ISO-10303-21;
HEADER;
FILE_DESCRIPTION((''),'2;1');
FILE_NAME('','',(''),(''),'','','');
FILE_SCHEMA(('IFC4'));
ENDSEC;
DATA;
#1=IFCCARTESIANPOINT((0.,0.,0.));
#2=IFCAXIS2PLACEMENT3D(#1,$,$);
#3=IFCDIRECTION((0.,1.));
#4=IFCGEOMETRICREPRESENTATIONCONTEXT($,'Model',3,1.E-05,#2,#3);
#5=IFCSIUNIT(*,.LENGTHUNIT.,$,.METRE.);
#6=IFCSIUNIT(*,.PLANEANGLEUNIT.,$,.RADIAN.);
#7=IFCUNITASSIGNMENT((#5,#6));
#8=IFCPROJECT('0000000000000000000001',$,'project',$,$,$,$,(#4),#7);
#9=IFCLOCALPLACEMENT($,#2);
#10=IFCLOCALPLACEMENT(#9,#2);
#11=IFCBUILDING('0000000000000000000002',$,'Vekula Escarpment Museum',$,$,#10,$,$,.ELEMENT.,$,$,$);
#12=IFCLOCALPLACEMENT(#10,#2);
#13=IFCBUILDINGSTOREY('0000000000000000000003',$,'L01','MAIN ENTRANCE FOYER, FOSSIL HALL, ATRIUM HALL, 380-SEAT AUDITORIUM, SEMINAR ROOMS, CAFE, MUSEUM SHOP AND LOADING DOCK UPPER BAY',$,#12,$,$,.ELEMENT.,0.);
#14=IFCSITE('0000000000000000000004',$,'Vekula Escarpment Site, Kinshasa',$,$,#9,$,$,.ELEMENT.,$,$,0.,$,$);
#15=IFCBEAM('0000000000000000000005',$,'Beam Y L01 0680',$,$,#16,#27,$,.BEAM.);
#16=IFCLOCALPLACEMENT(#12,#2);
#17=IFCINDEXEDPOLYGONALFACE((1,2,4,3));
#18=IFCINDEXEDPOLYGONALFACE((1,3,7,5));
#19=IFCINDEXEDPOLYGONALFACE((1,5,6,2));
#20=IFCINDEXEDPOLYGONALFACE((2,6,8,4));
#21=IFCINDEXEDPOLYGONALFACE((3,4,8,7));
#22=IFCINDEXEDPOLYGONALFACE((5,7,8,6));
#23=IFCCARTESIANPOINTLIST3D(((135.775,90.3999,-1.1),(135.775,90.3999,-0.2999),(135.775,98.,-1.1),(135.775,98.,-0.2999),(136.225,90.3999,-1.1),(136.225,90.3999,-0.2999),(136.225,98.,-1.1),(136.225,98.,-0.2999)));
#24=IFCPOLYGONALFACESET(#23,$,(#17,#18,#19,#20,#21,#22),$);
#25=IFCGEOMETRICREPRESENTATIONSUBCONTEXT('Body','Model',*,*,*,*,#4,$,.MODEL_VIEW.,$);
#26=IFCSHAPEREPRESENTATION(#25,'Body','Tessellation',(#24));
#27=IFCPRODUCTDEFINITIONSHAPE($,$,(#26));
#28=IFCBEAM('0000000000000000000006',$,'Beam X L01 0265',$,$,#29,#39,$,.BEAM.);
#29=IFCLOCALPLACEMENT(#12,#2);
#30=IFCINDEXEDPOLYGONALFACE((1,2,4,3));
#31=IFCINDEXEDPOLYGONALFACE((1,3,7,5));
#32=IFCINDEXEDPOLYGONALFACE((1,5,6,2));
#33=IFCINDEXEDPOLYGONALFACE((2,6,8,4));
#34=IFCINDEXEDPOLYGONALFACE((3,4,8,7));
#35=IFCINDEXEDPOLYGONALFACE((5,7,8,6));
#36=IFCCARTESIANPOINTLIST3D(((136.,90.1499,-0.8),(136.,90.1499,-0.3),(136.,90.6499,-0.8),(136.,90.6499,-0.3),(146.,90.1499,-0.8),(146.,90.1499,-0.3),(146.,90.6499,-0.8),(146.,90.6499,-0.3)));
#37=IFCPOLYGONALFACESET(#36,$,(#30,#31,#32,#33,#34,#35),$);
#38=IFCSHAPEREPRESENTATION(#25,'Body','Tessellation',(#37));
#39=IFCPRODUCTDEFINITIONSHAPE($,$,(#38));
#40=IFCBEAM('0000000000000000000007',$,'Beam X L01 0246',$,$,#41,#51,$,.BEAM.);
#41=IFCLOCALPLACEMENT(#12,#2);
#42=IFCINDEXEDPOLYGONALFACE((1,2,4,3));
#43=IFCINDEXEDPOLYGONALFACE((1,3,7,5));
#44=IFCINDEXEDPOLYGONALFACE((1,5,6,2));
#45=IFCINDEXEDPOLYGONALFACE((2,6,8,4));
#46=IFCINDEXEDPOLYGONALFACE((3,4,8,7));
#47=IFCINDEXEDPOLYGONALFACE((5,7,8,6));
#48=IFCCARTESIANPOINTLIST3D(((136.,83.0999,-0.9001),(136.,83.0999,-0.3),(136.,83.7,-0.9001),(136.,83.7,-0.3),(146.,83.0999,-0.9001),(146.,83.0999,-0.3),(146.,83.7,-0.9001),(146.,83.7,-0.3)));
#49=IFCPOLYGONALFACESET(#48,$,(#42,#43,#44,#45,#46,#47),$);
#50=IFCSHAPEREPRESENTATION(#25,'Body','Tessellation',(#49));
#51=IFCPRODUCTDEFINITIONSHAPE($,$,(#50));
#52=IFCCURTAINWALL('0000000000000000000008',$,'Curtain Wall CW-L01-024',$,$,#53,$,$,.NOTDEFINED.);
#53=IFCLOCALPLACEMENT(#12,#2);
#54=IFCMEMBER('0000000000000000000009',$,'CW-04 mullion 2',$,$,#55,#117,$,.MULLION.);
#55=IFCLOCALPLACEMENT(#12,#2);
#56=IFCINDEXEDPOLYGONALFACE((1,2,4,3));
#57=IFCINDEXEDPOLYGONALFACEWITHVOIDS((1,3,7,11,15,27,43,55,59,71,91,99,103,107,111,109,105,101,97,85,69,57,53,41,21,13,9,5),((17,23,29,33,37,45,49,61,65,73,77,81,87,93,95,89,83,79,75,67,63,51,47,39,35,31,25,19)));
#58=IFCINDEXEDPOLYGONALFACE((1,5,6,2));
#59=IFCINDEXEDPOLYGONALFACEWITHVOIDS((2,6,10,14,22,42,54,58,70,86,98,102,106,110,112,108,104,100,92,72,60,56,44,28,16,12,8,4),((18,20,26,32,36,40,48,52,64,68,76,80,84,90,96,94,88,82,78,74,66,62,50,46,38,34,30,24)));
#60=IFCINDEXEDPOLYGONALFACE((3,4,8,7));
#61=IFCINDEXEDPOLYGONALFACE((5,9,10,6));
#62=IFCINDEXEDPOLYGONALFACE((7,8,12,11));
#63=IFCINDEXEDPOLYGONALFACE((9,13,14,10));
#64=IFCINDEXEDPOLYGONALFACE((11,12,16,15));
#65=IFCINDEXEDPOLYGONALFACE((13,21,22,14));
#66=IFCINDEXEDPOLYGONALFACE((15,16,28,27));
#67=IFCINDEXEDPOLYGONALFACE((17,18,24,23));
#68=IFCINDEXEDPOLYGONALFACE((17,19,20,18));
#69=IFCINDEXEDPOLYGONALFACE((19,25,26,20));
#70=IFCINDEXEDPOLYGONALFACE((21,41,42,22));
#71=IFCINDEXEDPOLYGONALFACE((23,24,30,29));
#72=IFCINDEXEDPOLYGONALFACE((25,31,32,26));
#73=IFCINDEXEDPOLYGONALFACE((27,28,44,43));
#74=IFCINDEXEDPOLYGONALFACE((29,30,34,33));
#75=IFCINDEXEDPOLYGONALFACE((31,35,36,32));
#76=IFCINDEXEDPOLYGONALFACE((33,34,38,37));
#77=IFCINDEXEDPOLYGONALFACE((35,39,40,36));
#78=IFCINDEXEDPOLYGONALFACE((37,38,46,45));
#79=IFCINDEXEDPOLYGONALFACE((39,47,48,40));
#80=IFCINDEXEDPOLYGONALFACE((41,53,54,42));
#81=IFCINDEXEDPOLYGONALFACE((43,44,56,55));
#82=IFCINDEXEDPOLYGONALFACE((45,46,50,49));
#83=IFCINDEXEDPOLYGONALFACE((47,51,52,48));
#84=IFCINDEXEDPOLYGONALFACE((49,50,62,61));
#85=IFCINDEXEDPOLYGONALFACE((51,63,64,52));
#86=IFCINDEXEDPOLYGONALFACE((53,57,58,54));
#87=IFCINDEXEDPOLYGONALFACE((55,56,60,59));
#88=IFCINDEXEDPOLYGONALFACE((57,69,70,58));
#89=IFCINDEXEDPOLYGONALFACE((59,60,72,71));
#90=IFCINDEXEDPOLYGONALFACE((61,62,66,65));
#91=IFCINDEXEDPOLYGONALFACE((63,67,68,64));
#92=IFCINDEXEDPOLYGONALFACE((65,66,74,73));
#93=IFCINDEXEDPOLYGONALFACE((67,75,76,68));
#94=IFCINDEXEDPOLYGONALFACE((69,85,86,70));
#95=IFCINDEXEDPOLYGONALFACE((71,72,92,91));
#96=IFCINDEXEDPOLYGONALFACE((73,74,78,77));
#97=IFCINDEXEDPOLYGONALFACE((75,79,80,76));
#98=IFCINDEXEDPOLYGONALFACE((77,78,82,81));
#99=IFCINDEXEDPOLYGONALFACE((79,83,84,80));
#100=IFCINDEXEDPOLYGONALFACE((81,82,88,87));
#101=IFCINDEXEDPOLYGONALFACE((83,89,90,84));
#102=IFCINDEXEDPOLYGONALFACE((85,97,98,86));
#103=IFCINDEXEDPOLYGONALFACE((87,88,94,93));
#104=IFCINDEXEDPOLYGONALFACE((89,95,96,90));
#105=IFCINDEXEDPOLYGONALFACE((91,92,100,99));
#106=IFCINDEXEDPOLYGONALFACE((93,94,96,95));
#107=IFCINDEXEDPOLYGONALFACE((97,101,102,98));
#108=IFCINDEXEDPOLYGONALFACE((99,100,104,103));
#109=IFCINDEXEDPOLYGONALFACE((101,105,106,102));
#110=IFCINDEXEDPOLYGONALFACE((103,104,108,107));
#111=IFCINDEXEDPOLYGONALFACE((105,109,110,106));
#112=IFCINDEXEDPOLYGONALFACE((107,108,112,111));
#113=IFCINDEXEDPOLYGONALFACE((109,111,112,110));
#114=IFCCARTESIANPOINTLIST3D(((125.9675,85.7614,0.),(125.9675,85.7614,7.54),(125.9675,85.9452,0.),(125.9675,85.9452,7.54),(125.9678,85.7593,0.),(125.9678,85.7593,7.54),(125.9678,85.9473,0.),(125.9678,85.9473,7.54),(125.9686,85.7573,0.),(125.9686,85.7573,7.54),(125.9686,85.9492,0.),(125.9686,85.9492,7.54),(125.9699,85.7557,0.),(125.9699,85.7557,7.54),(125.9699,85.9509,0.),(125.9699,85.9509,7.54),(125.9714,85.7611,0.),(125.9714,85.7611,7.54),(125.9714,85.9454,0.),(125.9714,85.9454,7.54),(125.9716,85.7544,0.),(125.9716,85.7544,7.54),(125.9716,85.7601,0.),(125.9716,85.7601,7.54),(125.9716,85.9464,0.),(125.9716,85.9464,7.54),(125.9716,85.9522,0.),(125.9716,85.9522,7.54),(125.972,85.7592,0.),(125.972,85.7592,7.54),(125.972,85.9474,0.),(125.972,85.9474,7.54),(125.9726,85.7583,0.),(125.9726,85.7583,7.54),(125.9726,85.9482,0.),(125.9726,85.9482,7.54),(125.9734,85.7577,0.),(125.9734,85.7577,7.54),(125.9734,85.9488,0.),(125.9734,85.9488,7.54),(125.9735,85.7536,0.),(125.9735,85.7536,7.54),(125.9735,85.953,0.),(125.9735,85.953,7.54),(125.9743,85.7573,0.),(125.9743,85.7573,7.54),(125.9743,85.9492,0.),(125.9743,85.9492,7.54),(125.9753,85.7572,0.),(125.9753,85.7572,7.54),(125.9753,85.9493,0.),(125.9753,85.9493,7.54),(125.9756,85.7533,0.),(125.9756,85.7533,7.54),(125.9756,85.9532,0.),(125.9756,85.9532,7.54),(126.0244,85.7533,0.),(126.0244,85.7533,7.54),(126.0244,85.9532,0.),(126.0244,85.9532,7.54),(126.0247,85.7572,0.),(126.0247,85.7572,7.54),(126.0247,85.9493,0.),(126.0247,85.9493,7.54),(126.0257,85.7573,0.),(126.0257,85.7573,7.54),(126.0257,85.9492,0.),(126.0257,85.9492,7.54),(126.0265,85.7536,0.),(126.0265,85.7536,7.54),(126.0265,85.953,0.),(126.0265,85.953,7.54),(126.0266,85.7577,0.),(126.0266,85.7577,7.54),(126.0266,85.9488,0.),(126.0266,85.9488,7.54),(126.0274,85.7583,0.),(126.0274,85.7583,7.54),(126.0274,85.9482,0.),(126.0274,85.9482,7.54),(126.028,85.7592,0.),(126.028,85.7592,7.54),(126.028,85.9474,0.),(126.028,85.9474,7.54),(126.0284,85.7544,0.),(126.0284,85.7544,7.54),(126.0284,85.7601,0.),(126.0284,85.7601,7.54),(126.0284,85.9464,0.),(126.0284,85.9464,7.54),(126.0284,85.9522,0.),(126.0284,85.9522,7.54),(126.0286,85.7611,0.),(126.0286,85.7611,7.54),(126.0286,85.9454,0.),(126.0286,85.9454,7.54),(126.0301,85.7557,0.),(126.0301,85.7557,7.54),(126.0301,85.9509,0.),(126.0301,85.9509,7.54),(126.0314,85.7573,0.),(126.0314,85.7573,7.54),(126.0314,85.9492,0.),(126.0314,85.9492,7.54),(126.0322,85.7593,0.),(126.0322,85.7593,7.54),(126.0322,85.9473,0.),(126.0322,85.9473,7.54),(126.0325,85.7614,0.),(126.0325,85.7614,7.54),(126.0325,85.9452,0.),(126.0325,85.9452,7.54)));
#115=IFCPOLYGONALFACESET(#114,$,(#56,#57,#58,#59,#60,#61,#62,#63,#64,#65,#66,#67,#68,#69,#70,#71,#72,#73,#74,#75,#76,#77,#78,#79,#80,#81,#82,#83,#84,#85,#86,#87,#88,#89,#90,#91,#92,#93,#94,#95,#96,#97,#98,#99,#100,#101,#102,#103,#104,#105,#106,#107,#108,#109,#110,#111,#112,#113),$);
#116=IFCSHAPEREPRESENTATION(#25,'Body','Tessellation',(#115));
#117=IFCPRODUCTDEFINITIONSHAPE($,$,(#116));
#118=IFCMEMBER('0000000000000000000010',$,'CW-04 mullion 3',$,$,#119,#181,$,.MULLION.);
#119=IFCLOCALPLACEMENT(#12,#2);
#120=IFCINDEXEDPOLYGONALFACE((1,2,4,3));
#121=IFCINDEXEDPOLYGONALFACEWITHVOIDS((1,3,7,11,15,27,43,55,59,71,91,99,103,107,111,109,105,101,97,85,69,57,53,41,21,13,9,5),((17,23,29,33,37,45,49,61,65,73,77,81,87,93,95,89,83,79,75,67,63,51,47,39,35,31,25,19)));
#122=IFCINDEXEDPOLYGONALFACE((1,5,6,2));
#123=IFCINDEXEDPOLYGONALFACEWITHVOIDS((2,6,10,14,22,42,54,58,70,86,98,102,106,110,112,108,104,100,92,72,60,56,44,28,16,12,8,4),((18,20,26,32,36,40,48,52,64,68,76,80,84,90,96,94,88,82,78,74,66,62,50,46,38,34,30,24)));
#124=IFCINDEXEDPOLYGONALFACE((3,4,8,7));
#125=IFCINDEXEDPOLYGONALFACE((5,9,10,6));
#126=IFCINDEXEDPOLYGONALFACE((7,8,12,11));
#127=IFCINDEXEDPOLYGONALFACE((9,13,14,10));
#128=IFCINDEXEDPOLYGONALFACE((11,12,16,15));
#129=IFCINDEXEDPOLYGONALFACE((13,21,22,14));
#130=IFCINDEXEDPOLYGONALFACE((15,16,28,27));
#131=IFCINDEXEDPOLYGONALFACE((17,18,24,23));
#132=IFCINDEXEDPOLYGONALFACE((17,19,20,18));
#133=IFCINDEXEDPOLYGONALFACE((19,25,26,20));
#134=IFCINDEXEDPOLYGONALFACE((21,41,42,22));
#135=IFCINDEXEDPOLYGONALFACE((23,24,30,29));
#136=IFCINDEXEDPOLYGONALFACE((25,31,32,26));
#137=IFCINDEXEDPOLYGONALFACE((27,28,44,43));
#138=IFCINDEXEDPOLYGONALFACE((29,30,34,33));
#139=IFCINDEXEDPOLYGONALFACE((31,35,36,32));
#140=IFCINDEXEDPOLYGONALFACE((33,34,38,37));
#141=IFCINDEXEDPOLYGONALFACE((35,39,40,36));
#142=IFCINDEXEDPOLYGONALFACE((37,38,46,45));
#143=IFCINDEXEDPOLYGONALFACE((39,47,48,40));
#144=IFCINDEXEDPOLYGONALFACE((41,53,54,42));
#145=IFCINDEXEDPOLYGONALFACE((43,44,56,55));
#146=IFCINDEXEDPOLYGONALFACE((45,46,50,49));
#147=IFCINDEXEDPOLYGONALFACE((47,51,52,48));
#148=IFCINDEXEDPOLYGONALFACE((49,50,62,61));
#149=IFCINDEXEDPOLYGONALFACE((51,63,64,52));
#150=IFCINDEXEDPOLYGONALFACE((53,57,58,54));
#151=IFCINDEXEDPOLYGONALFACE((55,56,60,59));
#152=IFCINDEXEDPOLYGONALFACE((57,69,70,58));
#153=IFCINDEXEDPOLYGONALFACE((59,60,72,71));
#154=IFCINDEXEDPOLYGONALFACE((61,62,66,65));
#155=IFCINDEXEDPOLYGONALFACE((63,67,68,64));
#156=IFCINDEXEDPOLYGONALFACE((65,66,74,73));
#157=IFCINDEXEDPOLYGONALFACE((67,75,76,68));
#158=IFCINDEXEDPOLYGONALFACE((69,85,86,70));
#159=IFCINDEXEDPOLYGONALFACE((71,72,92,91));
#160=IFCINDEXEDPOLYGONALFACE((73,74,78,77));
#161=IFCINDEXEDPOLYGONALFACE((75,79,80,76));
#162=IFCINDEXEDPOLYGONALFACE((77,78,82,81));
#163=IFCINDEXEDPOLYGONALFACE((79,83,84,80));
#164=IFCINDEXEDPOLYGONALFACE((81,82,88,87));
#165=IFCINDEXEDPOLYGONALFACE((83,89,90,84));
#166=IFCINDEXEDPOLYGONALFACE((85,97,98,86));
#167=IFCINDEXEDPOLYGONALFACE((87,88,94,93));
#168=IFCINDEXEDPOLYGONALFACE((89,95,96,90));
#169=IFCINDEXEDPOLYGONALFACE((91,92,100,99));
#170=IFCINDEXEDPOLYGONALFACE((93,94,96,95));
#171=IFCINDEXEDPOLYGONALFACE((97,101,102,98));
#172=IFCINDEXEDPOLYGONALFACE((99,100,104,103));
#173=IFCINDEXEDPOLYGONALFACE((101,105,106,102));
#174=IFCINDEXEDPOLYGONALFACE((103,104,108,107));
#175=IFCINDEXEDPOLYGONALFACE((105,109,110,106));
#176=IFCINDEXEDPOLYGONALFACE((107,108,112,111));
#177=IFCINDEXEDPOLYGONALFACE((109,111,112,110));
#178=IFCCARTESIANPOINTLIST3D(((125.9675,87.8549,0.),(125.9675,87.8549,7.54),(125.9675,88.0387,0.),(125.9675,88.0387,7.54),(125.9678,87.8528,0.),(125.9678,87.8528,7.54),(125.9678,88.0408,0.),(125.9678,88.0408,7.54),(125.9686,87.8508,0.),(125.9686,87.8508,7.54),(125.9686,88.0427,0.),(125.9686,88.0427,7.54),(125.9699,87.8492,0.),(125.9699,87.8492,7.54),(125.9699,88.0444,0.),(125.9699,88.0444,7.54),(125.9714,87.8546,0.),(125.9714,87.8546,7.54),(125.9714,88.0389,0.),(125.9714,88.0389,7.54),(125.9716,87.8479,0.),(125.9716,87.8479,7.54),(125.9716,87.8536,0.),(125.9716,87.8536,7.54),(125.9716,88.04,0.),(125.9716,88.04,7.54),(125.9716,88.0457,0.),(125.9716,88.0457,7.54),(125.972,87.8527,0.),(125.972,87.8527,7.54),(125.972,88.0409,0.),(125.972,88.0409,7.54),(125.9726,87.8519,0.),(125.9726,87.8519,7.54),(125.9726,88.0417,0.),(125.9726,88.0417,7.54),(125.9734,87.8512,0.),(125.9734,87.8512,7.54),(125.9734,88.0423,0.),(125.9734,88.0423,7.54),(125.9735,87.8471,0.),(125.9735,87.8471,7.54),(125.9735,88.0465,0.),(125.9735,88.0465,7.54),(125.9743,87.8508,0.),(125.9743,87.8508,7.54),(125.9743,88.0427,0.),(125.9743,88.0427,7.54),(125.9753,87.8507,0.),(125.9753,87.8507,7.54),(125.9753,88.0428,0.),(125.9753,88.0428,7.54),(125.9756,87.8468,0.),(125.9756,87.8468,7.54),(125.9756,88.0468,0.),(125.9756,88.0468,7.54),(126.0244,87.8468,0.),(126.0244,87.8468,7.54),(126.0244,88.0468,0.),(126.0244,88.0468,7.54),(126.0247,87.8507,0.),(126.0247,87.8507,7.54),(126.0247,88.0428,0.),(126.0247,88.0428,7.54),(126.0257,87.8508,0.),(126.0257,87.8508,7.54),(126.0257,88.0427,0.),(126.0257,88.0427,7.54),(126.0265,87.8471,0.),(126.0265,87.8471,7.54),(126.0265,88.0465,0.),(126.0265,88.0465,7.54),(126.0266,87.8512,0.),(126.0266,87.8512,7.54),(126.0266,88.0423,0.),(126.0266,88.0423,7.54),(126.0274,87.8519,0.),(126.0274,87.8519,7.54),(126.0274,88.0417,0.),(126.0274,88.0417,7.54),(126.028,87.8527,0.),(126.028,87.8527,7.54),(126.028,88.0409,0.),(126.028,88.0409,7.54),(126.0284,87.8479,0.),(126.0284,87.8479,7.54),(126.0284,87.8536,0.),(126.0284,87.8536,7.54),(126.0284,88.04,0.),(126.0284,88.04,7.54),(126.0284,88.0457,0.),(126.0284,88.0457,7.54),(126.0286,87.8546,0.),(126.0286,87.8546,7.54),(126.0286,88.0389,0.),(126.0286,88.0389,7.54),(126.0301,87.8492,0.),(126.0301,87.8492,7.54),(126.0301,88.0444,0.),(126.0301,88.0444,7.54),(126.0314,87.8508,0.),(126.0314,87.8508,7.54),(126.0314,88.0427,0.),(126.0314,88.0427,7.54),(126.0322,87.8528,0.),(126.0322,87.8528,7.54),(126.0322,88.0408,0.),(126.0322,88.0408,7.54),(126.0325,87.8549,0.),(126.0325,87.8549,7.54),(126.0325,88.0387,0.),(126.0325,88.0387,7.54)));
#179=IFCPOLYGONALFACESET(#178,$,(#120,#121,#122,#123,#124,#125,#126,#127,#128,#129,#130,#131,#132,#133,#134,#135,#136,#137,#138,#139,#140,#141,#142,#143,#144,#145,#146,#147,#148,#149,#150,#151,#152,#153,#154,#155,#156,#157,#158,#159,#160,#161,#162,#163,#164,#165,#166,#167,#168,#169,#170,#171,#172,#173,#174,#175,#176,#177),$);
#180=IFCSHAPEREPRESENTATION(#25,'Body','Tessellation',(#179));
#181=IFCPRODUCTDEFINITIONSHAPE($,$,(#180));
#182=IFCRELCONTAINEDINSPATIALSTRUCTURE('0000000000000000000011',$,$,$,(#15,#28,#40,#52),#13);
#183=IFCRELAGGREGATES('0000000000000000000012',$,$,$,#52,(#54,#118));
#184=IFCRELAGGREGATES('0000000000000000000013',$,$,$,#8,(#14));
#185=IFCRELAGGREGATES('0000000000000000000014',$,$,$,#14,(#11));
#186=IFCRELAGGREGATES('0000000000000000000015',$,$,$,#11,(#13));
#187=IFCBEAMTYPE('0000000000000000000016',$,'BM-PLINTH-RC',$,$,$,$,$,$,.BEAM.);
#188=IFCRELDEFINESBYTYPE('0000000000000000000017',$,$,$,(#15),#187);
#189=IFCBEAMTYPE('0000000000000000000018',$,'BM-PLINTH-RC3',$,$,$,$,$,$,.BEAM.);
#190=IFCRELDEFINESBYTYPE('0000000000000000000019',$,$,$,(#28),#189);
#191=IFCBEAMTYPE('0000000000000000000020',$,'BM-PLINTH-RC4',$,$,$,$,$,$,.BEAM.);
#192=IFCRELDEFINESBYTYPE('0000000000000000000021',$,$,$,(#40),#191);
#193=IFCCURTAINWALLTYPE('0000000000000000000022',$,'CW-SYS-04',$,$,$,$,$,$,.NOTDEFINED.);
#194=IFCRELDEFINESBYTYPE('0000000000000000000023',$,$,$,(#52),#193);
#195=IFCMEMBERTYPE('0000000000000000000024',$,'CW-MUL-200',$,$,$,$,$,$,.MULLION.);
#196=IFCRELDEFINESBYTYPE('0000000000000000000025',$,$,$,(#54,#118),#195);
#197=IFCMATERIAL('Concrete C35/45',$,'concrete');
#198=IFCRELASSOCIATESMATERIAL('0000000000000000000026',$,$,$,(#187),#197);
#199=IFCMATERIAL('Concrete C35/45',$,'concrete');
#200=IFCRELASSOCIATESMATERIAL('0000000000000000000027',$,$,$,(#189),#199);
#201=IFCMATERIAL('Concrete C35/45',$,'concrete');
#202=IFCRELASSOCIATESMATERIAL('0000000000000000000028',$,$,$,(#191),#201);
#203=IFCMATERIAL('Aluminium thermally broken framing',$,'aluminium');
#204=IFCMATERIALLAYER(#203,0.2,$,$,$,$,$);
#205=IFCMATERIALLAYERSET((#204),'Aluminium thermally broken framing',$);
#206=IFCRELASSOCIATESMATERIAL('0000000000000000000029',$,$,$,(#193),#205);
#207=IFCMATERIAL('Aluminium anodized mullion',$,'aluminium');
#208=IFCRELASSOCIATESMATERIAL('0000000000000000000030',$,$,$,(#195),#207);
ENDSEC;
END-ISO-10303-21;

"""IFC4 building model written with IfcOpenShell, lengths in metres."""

from ifc_helpers import new_model, si_unit, direction, frame, origin, origin_2d, place, context, subcontext, project, spatial, rectangle, hollow_rectangle, extrude, material, layer, layer_set, material_profile, profile_set, type_object, element, aggregate, save


model = new_model("IFC4")

# Units and contexts
model_context = context("Model", 3, precision=1e-05, world=origin(), true_north=direction((0.0, 1.0)))
body_context = subcontext(model_context, "Body", "Model", "MODEL_VIEW")
ifc_project = project(units=[si_unit("LENGTHUNIT", "METRE"), si_unit("PLANEANGLEUNIT", "RADIAN")], contexts=[model_context])

# Site, building, storey
site_placement = place(None, origin())
site = spatial("IfcSite", under=ifc_project, at=site_placement, Name="Vekula Escarpment Site, Kinshasa", CompositionType="ELEMENT", RefElevation=0.0)
building_placement = place(site_placement, origin())
building = spatial("IfcBuilding", under=site, at=building_placement, Name="Vekula Escarpment Museum", CompositionType="ELEMENT")
storey_placement = place(building_placement, origin())
storey = spatial("IfcBuildingStorey", under=building, at=storey_placement, Name="L01", Description="MAIN ENTRANCE FOYER, FOSSIL HALL, ATRIUM HALL, 380-SEAT AUDITORIUM, SEMINAR ROOMS, CAFE, MUSEUM SHOP AND LOADING DOCK UPPER BAY", CompositionType="ELEMENT", Elevation=0.0)

# Beams
ifc_material_1 = material(Name="Concrete C35/45", Category="concrete")
ifc_material_profile_1 = material_profile(ifc_material_1, rectangle(XDim=0.45, YDim=0.8, at=origin_2d()), Name="RC 450x800")
ifc_profile_set_1 = profile_set([ifc_material_profile_1], Name="Concrete C35/45")
beam_type_1 = type_object("IfcBeamType", Name="BM-PLINTH-RC", PredefinedType="BEAM", material=ifc_profile_set_1)
beam_1_placement = place(storey_placement, frame((136.0, 90.3999, -0.7), z_axis=(0.0, 1.0, 0.0), x_axis=(-1.0, 0.0, 0.0)))
element("IfcBeam", 1, at=beam_1_placement, inside=storey, type_object=beam_type_1, Name="Beam Y L01 0680", PredefinedType="BEAM", context=body_context, shape_type="SweptSolid", body=[
    extrude(rectangle(XDim=0.45, YDim=0.8, at=origin_2d()), origin(), (0.0, 0.0, 1.0), 7.6001),
])
ifc_material_2 = material(Name="Concrete C35/45", Category="concrete")
ifc_material_profile_2 = material_profile(ifc_material_2, rectangle(XDim=0.5, YDim=0.5, at=origin_2d()), Name="RC 500x500")
ifc_profile_set_2 = profile_set([ifc_material_profile_2], Name="Concrete C35/45")
beam_type_2 = type_object("IfcBeamType", Name="BM-PLINTH-RC3", PredefinedType="BEAM", material=ifc_profile_set_2)
beam_2_placement = place(storey_placement, frame((136.0, 90.3999, -0.55), z_axis=(1.0, 0.0, 0.0), x_axis=(0.0, 1.0, 0.0)))
element("IfcBeam", 2, at=beam_2_placement, inside=storey, type_object=beam_type_2, Name="Beam X L01 0265", PredefinedType="BEAM", context=body_context, shape_type="SweptSolid", body=[
    extrude(rectangle(XDim=0.5, YDim=0.5, at=origin_2d()), origin(), (0.0, 0.0, 1.0), 10.0),
])
ifc_material_3 = material(Name="Concrete C35/45", Category="concrete")
ifc_material_profile_3 = material_profile(ifc_material_3, rectangle(XDim=0.6001, YDim=0.6001, at=origin_2d()), Name="RC 600x600")
ifc_profile_set_3 = profile_set([ifc_material_profile_3], Name="Concrete C35/45")
beam_type_3 = type_object("IfcBeamType", Name="BM-PLINTH-RC4", PredefinedType="BEAM", material=ifc_profile_set_3)
beam_3_placement = place(storey_placement, frame((136.0, 83.3999, -0.6001), z_axis=(1.0, 0.0, 0.0), x_axis=(0.0, 1.0, 0.0)))
element("IfcBeam", 3, at=beam_3_placement, inside=storey, type_object=beam_type_3, Name="Beam X L01 0246", PredefinedType="BEAM", context=body_context, shape_type="SweptSolid", body=[
    extrude(rectangle(XDim=0.6001, YDim=0.6001, at=origin_2d()), origin(), (0.0, 0.0, 1.0), 10.0),
])

# Curtain wall, members
ifc_material_4 = material(Name="Aluminium thermally broken framing", Category="aluminium")
ifc_layer_1 = layer(ifc_material_4, 0.2)
ifc_layer_set_1 = layer_set([ifc_layer_1], Name="Aluminium thermally broken framing")
curtain_wall_type = type_object("IfcCurtainWallType", Name="CW-SYS-04", PredefinedType="NOTDEFINED", material=ifc_layer_set_1)
curtain_wall_placement = place(storey_placement, origin())
curtain_wall = element("IfcCurtainWall", 4, at=curtain_wall_placement, inside=storey, type_object=curtain_wall_type, Name="Curtain Wall CW-L01-024", PredefinedType="NOTDEFINED")
ifc_material_5 = material(Name="Aluminium anodized mullion", Category="aluminium")
ifc_material_profile_4 = material_profile(ifc_material_5, hollow_rectangle(XDim=0.0649, YDim=0.2, WallThickness=0.0039, InnerFilletRadius=0.0039, OuterFilletRadius=0.0081, at=origin_2d()), Name="ALU 200x65x4")
ifc_profile_set_4 = profile_set([ifc_material_profile_4], Name="Aluminium anodized mullion")
member_type_1 = type_object("IfcMemberType", Name="CW-MUL-200", PredefinedType="MULLION", material=ifc_profile_set_4)
member_1_placement = place(storey_placement, frame((126.0, 85.8533, 0.0), z_axis=(0.0, 0.0, 1.0), x_axis=(-1.0, 0.0, 0.0)))
member_1 = element("IfcMember", 5, at=member_1_placement, type_object=member_type_1, Name="CW-04 mullion 2", PredefinedType="MULLION", context=body_context, shape_type="SweptSolid", body=[
    extrude(hollow_rectangle(XDim=0.0649, YDim=0.2, WallThickness=0.0039, InnerFilletRadius=0.0039, OuterFilletRadius=0.0081, at=origin_2d()), origin(), (0.0, 0.0, 1.0), 7.54),
])
member_2_placement = place(storey_placement, frame((126.0, 87.9468, 0.0), z_axis=(0.0, 0.0, 1.0), x_axis=(-1.0, 0.0, 0.0)))
member_2 = element("IfcMember", 6, at=member_2_placement, type_object=member_type_1, Name="CW-04 mullion 3", PredefinedType="MULLION", context=body_context, shape_type="SweptSolid", body=[
    extrude(hollow_rectangle(XDim=0.0649, YDim=0.2, WallThickness=0.0039, InnerFilletRadius=0.0039, OuterFilletRadius=0.0081, at=origin_2d()), origin(), (0.0, 0.0, 1.0), 7.54),
])

aggregate(curtain_wall, [member_1, member_2])

save(model, "model.ifc")
